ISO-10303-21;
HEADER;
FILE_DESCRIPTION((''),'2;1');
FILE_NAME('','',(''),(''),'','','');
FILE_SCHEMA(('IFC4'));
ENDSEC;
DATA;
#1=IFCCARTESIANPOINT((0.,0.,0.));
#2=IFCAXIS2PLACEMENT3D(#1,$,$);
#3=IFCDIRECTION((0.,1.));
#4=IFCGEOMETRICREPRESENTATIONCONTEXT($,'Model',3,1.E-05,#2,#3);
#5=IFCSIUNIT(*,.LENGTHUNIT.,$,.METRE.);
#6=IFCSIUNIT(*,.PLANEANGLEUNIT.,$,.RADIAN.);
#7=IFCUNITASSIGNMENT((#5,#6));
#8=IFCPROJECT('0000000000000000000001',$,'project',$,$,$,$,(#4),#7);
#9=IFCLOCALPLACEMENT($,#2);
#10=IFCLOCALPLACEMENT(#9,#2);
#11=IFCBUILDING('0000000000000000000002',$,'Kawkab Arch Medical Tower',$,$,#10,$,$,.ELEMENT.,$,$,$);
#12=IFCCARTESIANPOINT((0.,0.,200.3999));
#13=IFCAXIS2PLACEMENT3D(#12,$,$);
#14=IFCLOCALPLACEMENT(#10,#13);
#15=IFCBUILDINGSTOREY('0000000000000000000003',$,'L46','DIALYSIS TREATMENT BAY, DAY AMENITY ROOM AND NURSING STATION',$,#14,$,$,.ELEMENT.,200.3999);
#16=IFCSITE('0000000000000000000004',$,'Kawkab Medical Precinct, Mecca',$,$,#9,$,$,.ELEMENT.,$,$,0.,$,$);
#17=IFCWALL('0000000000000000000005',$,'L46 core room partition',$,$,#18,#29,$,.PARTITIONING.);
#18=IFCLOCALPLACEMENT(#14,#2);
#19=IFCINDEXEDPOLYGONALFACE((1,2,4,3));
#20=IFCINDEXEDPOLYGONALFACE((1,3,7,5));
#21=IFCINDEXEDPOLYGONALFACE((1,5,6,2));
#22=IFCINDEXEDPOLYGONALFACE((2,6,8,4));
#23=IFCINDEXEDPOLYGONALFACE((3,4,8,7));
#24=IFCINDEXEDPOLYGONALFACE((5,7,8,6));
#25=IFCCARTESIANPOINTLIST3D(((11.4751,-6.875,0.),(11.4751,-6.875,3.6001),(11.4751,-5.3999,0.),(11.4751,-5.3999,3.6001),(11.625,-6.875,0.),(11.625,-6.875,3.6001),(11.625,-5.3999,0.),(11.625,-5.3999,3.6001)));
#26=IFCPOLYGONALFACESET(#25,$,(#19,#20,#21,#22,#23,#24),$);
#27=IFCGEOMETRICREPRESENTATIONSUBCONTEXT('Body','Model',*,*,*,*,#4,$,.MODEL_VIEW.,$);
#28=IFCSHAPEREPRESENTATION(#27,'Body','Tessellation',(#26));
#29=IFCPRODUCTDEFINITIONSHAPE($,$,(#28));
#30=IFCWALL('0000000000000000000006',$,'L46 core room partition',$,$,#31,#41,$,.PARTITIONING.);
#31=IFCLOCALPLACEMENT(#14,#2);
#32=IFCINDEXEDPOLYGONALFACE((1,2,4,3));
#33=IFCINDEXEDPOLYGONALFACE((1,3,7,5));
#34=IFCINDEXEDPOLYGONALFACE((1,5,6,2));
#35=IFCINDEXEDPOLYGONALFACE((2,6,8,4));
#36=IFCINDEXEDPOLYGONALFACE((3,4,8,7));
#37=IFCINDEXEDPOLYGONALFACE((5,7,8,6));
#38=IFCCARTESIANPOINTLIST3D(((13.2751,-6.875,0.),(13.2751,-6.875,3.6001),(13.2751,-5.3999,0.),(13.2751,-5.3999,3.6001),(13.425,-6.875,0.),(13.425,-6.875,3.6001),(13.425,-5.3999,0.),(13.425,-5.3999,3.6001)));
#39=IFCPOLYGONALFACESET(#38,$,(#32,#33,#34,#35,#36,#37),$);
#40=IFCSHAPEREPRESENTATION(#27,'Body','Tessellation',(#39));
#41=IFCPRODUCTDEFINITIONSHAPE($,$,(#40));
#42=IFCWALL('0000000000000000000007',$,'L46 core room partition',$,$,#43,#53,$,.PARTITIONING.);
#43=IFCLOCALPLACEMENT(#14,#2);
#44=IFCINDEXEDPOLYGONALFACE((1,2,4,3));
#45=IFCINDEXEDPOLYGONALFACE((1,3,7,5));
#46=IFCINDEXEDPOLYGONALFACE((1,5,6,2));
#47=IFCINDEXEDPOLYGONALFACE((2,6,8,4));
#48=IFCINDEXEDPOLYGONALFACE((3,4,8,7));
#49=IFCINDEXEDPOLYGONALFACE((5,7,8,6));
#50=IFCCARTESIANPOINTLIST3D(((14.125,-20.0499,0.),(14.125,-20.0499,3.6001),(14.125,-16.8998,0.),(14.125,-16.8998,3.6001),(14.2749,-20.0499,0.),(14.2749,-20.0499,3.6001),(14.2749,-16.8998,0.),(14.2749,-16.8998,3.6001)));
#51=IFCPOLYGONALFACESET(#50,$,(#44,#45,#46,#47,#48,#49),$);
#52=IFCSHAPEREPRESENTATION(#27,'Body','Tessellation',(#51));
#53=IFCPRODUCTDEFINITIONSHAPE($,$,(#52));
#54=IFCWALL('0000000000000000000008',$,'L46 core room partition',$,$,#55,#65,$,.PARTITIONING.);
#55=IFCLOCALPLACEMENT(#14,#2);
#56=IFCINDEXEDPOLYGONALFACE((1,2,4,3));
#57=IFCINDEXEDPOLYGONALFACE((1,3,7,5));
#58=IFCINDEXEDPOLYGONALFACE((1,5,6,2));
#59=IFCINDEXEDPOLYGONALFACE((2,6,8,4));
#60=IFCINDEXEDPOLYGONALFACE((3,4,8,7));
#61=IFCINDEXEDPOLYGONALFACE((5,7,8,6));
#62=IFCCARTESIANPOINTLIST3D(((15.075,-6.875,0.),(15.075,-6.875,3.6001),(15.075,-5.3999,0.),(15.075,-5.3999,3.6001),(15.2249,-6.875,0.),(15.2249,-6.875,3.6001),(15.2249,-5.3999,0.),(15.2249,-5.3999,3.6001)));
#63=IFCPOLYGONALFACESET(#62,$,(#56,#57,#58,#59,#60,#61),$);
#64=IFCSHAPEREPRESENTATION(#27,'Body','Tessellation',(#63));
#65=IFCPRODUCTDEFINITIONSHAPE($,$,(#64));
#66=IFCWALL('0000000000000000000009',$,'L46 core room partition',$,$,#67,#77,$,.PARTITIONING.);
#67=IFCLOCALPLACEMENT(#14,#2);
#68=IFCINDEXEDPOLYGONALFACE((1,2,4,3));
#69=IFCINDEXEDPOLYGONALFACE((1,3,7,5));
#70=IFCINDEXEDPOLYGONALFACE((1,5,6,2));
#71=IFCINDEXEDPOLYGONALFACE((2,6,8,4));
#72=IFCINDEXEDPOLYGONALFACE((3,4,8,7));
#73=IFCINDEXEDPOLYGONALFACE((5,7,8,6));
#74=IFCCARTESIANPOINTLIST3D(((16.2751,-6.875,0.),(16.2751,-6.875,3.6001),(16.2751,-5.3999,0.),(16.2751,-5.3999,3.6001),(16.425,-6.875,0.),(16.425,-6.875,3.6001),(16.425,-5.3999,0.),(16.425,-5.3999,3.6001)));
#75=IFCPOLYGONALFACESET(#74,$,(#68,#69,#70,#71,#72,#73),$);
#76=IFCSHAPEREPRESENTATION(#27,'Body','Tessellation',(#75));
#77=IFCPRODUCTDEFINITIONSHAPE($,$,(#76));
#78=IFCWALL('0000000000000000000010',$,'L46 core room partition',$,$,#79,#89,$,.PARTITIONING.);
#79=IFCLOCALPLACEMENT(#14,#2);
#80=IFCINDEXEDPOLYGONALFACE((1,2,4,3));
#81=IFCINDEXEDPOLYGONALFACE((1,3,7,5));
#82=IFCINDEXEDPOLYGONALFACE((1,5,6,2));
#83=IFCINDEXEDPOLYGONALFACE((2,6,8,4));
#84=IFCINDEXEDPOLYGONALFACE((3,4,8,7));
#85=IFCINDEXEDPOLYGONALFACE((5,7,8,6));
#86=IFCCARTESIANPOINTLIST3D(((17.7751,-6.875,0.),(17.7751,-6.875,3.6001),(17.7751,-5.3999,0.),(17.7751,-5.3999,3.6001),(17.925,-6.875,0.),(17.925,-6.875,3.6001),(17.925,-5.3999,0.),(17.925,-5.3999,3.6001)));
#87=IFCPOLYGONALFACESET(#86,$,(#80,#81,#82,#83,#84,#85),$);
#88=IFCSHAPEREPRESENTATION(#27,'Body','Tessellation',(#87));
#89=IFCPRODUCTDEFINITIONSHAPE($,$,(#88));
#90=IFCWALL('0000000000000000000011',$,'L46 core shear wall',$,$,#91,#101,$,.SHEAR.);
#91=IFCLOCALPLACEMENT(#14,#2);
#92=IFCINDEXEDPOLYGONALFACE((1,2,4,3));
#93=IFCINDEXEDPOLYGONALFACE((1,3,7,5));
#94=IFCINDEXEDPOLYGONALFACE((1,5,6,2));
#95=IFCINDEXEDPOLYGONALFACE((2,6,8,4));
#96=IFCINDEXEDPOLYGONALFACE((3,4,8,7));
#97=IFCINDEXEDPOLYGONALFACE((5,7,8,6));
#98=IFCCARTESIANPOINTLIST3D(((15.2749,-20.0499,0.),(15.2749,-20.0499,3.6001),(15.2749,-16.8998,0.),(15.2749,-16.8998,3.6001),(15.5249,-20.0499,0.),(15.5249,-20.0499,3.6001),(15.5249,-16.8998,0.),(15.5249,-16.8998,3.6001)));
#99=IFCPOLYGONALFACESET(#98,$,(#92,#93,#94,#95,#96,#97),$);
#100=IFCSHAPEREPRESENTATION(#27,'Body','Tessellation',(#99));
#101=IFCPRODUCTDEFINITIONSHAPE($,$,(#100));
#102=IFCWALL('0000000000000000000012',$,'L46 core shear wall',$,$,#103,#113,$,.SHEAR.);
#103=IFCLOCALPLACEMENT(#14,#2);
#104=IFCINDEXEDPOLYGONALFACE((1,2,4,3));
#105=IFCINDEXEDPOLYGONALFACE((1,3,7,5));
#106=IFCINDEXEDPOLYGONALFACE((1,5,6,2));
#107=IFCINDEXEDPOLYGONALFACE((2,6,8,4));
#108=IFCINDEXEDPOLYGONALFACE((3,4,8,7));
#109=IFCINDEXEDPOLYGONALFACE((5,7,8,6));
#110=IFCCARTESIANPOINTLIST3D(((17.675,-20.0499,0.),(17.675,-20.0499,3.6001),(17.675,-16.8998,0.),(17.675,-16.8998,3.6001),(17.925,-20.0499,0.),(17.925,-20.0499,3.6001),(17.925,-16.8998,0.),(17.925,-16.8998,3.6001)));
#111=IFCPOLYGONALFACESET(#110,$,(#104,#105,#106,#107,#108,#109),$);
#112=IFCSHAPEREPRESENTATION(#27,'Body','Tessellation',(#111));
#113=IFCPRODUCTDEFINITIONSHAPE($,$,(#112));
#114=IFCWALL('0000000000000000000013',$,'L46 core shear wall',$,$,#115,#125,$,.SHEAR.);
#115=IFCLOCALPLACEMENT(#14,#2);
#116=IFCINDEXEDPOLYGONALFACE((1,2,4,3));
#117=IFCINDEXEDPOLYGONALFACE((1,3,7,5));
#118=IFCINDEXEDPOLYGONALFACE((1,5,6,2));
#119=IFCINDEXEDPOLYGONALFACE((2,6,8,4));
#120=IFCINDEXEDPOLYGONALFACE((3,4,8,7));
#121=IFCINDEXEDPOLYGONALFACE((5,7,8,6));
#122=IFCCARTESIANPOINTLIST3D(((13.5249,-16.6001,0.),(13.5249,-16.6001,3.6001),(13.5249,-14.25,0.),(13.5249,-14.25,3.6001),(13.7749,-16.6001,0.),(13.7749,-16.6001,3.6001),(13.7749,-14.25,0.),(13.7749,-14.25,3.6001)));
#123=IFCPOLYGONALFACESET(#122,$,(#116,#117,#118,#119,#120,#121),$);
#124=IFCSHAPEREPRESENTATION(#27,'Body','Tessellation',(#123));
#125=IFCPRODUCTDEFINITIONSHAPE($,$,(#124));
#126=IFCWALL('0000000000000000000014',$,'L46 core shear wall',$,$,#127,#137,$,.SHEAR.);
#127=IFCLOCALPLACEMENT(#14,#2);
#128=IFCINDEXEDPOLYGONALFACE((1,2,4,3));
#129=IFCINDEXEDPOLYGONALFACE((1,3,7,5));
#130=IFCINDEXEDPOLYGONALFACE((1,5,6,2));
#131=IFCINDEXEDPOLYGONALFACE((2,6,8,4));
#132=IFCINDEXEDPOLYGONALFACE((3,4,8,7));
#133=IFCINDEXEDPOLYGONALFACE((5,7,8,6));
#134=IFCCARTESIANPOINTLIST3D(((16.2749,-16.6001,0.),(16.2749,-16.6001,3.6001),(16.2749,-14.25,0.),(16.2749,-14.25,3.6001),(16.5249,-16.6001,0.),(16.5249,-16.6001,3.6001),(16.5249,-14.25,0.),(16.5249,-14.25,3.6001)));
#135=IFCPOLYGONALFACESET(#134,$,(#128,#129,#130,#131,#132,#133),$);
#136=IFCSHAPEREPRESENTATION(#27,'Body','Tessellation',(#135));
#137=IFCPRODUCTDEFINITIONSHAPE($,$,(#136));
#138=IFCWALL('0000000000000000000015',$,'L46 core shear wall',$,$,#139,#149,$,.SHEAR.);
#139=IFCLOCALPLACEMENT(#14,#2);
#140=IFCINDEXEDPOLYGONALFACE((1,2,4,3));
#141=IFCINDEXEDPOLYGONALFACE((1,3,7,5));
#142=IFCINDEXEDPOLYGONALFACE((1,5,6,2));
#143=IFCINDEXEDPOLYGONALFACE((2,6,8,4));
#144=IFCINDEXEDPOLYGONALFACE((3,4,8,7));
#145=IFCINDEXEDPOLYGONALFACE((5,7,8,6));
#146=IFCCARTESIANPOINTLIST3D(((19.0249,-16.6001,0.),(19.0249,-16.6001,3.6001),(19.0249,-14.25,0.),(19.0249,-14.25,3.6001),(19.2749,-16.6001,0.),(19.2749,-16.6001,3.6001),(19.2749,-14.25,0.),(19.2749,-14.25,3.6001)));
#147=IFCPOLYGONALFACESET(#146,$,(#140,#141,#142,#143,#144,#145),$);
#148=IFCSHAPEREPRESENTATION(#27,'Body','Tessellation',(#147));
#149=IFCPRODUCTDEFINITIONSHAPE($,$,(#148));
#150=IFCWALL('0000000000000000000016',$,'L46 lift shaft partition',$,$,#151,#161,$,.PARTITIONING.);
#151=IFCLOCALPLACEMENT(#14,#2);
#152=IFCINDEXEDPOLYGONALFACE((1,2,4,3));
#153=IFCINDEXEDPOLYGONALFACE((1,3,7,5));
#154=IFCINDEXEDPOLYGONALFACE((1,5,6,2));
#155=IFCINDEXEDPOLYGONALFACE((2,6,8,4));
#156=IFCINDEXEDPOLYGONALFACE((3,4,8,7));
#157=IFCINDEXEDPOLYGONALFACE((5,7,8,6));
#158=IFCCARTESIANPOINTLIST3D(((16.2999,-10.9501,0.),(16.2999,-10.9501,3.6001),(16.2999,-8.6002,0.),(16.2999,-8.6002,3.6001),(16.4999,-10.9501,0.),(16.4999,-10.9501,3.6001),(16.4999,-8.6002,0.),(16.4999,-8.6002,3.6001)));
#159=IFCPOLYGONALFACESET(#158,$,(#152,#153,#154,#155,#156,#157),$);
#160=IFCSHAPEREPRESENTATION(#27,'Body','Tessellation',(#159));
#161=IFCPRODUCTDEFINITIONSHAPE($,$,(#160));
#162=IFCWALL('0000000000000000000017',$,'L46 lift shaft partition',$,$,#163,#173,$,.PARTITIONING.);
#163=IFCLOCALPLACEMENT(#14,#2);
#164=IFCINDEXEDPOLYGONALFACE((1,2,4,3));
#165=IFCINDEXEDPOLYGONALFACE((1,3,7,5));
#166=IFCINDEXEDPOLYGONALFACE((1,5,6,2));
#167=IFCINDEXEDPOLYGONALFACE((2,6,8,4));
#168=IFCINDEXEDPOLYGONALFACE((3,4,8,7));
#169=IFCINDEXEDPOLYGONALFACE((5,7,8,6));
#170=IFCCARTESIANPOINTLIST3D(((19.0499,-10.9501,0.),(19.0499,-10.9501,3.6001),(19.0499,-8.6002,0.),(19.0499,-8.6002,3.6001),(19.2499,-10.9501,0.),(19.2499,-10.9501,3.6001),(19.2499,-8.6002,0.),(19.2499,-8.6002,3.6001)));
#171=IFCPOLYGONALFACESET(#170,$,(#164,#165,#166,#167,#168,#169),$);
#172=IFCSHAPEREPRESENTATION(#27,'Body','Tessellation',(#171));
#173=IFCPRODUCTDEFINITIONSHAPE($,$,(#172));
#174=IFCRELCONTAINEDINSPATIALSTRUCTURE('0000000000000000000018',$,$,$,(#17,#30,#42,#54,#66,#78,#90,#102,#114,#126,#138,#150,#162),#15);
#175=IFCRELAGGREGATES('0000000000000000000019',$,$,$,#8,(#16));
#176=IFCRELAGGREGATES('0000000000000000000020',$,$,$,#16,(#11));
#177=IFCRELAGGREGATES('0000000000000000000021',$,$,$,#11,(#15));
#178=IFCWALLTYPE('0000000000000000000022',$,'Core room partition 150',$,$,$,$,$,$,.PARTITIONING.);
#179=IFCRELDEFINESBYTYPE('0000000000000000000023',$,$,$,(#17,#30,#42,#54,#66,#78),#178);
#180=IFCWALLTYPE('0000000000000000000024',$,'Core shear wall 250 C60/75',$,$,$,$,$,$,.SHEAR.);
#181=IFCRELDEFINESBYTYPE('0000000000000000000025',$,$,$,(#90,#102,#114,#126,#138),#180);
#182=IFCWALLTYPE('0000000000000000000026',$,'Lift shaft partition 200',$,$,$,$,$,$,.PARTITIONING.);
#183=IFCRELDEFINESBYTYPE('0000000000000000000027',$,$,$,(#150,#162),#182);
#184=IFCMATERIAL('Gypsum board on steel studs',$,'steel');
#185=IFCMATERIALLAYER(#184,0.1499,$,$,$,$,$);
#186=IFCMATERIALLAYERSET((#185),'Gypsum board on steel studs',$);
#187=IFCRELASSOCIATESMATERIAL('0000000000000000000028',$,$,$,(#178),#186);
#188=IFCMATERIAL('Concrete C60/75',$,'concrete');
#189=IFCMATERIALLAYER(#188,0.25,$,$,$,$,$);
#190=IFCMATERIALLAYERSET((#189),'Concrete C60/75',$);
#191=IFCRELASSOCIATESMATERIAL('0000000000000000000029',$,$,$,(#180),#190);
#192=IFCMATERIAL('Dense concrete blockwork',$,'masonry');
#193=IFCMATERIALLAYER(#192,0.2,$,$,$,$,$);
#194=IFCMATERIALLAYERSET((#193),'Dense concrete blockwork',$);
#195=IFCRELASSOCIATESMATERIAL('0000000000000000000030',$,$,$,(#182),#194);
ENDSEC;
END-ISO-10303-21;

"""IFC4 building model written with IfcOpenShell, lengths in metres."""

from ifc_helpers import new_model, si_unit, direction, frame, frame_2d, origin, place, context, subcontext, project, spatial, rectangle, extrude, material, layer, layer_set, type_object, element, save


model = new_model("IFC4")

# Units and contexts
model_context = context("Model", 3, precision=1e-05, world=origin(), true_north=direction((0.0, 1.0)))
body_context = subcontext(model_context, "Body", "Model", "MODEL_VIEW")
ifc_project = project(units=[si_unit("LENGTHUNIT", "METRE"), si_unit("PLANEANGLEUNIT", "RADIAN")], contexts=[model_context])

# Site, building, storey
site_placement = place(None, origin())
site = spatial("IfcSite", under=ifc_project, at=site_placement, Name="Kawkab Medical Precinct, Mecca", CompositionType="ELEMENT", RefElevation=0.0)
building_placement = place(site_placement, origin())
building = spatial("IfcBuilding", under=site, at=building_placement, Name="Kawkab Arch Medical Tower", CompositionType="ELEMENT")
storey_placement = place(building_placement, frame((0.0, 0.0, 200.3999)))
storey = spatial("IfcBuildingStorey", under=building, at=storey_placement, Name="L46", Description="DIALYSIS TREATMENT BAY, DAY AMENITY ROOM AND NURSING STATION", CompositionType="ELEMENT", Elevation=200.3999)

# Walls
ifc_material_1 = material(Name="Gypsum board on steel studs", Category="steel")
ifc_layer_1 = layer(ifc_material_1, 0.1499)
ifc_layer_set_1 = layer_set([ifc_layer_1], Name="Gypsum board on steel studs")
wall_type_1 = type_object("IfcWallType", Name="Core room partition 150", PredefinedType="PARTITIONING", material=ifc_layer_set_1)
for number, where, z_axis, x_axis, name in (
    (1, (11.55, -6.875, 0.0), (0.0, 0.0, 1.0), (0.0, 1.0, 0.0), "L46 core room partition"),
    (2, (13.3501, -6.875, 0.0), (0.0, 0.0, 1.0), (0.0, 1.0, 0.0), "L46 core room partition"),
):
    element("IfcWall", number, at=place(storey_placement, frame(where, z_axis=z_axis, x_axis=x_axis)), inside=storey, type_object=wall_type_1, Name=name, PredefinedType="PARTITIONING", context=body_context, shape_type="SweptSolid", body=[
        extrude(rectangle(XDim=1.4751, YDim=0.1499, at=frame_2d((0.7375, 0.0))), origin(), (0.0, 0.0, 1.0), 3.6001),
    ])
wall_placement = place(storey_placement, frame((14.2, -20.05, 0.0), z_axis=(0.0, 0.0, 1.0), x_axis=(0.0, 1.0, 0.0)))
element("IfcWall", 3, at=wall_placement, inside=storey, type_object=wall_type_1, Name="L46 core room partition", PredefinedType="PARTITIONING", context=body_context, shape_type="SweptSolid", body=[
    extrude(rectangle(XDim=3.1501, YDim=0.1499, at=frame_2d((1.5752, 0.0))), origin(), (0.0, 0.0, 1.0), 3.6001),
])
for number, where, z_axis, x_axis, name in (
    (4, (15.1499, -6.875, 0.0), (0.0, 0.0, 1.0), (0.0, 1.0, 0.0), "L46 core room partition"),
    (5, (16.3501, -6.875, 0.0), (0.0, 0.0, 1.0), (0.0, 1.0, 0.0), "L46 core room partition"),
    (6, (17.8501, -6.875, 0.0), (0.0, 0.0, 1.0), (0.0, 1.0, 0.0), "L46 core room partition"),
):
    element("IfcWall", number, at=place(storey_placement, frame(where, z_axis=z_axis, x_axis=x_axis)), inside=storey, type_object=wall_type_1, Name=name, PredefinedType="PARTITIONING", context=body_context, shape_type="SweptSolid", body=[
        extrude(rectangle(XDim=1.4751, YDim=0.1499, at=frame_2d((0.7375, 0.0))), origin(), (0.0, 0.0, 1.0), 3.6001),
    ])
ifc_material_2 = material(Name="Concrete C60/75", Category="concrete")
ifc_layer_2 = layer(ifc_material_2, 0.25)
ifc_layer_set_2 = layer_set([ifc_layer_2], Name="Concrete C60/75")
wall_type_2 = type_object("IfcWallType", Name="Core shear wall 250 C60/75", PredefinedType="SHEAR", material=ifc_layer_set_2)
for number, where, z_axis, x_axis, name in (
    (7, (15.3999, -20.05, 0.0), (0.0, 0.0, 1.0), (0.0, 1.0, 0.0), "L46 core shear wall"),
    (8, (17.8, -20.05, 0.0), (0.0, 0.0, 1.0), (0.0, 1.0, 0.0), "L46 core shear wall"),
):
    element("IfcWall", number, at=place(storey_placement, frame(where, z_axis=z_axis, x_axis=x_axis)), inside=storey, type_object=wall_type_2, Name=name, PredefinedType="SHEAR", context=body_context, shape_type="SweptSolid", body=[
        extrude(rectangle(XDim=3.1501, YDim=0.25, at=frame_2d((1.5752, 0.0))), origin(), (0.0, 0.0, 1.0), 3.6001),
    ])
for number, where, z_axis, x_axis, name in (
    (9, (13.6499, -16.6001, 0.0), (0.0, 0.0, 1.0), (0.0, 1.0, 0.0), "L46 core shear wall"),
    (10, (16.3999, -16.6001, 0.0), (0.0, 0.0, 1.0), (0.0, 1.0, 0.0), "L46 core shear wall"),
    (11, (19.1499, -16.6001, 0.0), (0.0, 0.0, 1.0), (0.0, 1.0, 0.0), "L46 core shear wall"),
):
    element("IfcWall", number, at=place(storey_placement, frame(where, z_axis=z_axis, x_axis=x_axis)), inside=storey, type_object=wall_type_2, Name=name, PredefinedType="SHEAR", context=body_context, shape_type="SweptSolid", body=[
        extrude(rectangle(XDim=2.3501, YDim=0.25, at=frame_2d((1.175, 0.0))), origin(), (0.0, 0.0, 1.0), 3.6001),
    ])
ifc_material_3 = material(Name="Dense concrete blockwork", Category="masonry")
ifc_layer_3 = layer(ifc_material_3, 0.2)
ifc_layer_set_3 = layer_set([ifc_layer_3], Name="Dense concrete blockwork")
wall_type_3 = type_object("IfcWallType", Name="Lift shaft partition 200", PredefinedType="PARTITIONING", material=ifc_layer_set_3)
for number, where, z_axis, x_axis, name in (
    (12, (16.3999, -10.95, 0.0), (0.0, 0.0, 1.0), (0.0, 1.0, 0.0), "L46 lift shaft partition"),
    (13, (19.1499, -10.95, 0.0), (0.0, 0.0, 1.0), (0.0, 1.0, 0.0), "L46 lift shaft partition"),
):
    element("IfcWall", number, at=place(storey_placement, frame(where, z_axis=z_axis, x_axis=x_axis)), inside=storey, type_object=wall_type_3, Name=name, PredefinedType="PARTITIONING", context=body_context, shape_type="SweptSolid", body=[
        extrude(rectangle(XDim=2.3499, YDim=0.2, at=frame_2d((1.1748, 0.0))), origin(), (0.0, 0.0, 1.0), 3.6001),
    ])

save(model, "model.ifc")
